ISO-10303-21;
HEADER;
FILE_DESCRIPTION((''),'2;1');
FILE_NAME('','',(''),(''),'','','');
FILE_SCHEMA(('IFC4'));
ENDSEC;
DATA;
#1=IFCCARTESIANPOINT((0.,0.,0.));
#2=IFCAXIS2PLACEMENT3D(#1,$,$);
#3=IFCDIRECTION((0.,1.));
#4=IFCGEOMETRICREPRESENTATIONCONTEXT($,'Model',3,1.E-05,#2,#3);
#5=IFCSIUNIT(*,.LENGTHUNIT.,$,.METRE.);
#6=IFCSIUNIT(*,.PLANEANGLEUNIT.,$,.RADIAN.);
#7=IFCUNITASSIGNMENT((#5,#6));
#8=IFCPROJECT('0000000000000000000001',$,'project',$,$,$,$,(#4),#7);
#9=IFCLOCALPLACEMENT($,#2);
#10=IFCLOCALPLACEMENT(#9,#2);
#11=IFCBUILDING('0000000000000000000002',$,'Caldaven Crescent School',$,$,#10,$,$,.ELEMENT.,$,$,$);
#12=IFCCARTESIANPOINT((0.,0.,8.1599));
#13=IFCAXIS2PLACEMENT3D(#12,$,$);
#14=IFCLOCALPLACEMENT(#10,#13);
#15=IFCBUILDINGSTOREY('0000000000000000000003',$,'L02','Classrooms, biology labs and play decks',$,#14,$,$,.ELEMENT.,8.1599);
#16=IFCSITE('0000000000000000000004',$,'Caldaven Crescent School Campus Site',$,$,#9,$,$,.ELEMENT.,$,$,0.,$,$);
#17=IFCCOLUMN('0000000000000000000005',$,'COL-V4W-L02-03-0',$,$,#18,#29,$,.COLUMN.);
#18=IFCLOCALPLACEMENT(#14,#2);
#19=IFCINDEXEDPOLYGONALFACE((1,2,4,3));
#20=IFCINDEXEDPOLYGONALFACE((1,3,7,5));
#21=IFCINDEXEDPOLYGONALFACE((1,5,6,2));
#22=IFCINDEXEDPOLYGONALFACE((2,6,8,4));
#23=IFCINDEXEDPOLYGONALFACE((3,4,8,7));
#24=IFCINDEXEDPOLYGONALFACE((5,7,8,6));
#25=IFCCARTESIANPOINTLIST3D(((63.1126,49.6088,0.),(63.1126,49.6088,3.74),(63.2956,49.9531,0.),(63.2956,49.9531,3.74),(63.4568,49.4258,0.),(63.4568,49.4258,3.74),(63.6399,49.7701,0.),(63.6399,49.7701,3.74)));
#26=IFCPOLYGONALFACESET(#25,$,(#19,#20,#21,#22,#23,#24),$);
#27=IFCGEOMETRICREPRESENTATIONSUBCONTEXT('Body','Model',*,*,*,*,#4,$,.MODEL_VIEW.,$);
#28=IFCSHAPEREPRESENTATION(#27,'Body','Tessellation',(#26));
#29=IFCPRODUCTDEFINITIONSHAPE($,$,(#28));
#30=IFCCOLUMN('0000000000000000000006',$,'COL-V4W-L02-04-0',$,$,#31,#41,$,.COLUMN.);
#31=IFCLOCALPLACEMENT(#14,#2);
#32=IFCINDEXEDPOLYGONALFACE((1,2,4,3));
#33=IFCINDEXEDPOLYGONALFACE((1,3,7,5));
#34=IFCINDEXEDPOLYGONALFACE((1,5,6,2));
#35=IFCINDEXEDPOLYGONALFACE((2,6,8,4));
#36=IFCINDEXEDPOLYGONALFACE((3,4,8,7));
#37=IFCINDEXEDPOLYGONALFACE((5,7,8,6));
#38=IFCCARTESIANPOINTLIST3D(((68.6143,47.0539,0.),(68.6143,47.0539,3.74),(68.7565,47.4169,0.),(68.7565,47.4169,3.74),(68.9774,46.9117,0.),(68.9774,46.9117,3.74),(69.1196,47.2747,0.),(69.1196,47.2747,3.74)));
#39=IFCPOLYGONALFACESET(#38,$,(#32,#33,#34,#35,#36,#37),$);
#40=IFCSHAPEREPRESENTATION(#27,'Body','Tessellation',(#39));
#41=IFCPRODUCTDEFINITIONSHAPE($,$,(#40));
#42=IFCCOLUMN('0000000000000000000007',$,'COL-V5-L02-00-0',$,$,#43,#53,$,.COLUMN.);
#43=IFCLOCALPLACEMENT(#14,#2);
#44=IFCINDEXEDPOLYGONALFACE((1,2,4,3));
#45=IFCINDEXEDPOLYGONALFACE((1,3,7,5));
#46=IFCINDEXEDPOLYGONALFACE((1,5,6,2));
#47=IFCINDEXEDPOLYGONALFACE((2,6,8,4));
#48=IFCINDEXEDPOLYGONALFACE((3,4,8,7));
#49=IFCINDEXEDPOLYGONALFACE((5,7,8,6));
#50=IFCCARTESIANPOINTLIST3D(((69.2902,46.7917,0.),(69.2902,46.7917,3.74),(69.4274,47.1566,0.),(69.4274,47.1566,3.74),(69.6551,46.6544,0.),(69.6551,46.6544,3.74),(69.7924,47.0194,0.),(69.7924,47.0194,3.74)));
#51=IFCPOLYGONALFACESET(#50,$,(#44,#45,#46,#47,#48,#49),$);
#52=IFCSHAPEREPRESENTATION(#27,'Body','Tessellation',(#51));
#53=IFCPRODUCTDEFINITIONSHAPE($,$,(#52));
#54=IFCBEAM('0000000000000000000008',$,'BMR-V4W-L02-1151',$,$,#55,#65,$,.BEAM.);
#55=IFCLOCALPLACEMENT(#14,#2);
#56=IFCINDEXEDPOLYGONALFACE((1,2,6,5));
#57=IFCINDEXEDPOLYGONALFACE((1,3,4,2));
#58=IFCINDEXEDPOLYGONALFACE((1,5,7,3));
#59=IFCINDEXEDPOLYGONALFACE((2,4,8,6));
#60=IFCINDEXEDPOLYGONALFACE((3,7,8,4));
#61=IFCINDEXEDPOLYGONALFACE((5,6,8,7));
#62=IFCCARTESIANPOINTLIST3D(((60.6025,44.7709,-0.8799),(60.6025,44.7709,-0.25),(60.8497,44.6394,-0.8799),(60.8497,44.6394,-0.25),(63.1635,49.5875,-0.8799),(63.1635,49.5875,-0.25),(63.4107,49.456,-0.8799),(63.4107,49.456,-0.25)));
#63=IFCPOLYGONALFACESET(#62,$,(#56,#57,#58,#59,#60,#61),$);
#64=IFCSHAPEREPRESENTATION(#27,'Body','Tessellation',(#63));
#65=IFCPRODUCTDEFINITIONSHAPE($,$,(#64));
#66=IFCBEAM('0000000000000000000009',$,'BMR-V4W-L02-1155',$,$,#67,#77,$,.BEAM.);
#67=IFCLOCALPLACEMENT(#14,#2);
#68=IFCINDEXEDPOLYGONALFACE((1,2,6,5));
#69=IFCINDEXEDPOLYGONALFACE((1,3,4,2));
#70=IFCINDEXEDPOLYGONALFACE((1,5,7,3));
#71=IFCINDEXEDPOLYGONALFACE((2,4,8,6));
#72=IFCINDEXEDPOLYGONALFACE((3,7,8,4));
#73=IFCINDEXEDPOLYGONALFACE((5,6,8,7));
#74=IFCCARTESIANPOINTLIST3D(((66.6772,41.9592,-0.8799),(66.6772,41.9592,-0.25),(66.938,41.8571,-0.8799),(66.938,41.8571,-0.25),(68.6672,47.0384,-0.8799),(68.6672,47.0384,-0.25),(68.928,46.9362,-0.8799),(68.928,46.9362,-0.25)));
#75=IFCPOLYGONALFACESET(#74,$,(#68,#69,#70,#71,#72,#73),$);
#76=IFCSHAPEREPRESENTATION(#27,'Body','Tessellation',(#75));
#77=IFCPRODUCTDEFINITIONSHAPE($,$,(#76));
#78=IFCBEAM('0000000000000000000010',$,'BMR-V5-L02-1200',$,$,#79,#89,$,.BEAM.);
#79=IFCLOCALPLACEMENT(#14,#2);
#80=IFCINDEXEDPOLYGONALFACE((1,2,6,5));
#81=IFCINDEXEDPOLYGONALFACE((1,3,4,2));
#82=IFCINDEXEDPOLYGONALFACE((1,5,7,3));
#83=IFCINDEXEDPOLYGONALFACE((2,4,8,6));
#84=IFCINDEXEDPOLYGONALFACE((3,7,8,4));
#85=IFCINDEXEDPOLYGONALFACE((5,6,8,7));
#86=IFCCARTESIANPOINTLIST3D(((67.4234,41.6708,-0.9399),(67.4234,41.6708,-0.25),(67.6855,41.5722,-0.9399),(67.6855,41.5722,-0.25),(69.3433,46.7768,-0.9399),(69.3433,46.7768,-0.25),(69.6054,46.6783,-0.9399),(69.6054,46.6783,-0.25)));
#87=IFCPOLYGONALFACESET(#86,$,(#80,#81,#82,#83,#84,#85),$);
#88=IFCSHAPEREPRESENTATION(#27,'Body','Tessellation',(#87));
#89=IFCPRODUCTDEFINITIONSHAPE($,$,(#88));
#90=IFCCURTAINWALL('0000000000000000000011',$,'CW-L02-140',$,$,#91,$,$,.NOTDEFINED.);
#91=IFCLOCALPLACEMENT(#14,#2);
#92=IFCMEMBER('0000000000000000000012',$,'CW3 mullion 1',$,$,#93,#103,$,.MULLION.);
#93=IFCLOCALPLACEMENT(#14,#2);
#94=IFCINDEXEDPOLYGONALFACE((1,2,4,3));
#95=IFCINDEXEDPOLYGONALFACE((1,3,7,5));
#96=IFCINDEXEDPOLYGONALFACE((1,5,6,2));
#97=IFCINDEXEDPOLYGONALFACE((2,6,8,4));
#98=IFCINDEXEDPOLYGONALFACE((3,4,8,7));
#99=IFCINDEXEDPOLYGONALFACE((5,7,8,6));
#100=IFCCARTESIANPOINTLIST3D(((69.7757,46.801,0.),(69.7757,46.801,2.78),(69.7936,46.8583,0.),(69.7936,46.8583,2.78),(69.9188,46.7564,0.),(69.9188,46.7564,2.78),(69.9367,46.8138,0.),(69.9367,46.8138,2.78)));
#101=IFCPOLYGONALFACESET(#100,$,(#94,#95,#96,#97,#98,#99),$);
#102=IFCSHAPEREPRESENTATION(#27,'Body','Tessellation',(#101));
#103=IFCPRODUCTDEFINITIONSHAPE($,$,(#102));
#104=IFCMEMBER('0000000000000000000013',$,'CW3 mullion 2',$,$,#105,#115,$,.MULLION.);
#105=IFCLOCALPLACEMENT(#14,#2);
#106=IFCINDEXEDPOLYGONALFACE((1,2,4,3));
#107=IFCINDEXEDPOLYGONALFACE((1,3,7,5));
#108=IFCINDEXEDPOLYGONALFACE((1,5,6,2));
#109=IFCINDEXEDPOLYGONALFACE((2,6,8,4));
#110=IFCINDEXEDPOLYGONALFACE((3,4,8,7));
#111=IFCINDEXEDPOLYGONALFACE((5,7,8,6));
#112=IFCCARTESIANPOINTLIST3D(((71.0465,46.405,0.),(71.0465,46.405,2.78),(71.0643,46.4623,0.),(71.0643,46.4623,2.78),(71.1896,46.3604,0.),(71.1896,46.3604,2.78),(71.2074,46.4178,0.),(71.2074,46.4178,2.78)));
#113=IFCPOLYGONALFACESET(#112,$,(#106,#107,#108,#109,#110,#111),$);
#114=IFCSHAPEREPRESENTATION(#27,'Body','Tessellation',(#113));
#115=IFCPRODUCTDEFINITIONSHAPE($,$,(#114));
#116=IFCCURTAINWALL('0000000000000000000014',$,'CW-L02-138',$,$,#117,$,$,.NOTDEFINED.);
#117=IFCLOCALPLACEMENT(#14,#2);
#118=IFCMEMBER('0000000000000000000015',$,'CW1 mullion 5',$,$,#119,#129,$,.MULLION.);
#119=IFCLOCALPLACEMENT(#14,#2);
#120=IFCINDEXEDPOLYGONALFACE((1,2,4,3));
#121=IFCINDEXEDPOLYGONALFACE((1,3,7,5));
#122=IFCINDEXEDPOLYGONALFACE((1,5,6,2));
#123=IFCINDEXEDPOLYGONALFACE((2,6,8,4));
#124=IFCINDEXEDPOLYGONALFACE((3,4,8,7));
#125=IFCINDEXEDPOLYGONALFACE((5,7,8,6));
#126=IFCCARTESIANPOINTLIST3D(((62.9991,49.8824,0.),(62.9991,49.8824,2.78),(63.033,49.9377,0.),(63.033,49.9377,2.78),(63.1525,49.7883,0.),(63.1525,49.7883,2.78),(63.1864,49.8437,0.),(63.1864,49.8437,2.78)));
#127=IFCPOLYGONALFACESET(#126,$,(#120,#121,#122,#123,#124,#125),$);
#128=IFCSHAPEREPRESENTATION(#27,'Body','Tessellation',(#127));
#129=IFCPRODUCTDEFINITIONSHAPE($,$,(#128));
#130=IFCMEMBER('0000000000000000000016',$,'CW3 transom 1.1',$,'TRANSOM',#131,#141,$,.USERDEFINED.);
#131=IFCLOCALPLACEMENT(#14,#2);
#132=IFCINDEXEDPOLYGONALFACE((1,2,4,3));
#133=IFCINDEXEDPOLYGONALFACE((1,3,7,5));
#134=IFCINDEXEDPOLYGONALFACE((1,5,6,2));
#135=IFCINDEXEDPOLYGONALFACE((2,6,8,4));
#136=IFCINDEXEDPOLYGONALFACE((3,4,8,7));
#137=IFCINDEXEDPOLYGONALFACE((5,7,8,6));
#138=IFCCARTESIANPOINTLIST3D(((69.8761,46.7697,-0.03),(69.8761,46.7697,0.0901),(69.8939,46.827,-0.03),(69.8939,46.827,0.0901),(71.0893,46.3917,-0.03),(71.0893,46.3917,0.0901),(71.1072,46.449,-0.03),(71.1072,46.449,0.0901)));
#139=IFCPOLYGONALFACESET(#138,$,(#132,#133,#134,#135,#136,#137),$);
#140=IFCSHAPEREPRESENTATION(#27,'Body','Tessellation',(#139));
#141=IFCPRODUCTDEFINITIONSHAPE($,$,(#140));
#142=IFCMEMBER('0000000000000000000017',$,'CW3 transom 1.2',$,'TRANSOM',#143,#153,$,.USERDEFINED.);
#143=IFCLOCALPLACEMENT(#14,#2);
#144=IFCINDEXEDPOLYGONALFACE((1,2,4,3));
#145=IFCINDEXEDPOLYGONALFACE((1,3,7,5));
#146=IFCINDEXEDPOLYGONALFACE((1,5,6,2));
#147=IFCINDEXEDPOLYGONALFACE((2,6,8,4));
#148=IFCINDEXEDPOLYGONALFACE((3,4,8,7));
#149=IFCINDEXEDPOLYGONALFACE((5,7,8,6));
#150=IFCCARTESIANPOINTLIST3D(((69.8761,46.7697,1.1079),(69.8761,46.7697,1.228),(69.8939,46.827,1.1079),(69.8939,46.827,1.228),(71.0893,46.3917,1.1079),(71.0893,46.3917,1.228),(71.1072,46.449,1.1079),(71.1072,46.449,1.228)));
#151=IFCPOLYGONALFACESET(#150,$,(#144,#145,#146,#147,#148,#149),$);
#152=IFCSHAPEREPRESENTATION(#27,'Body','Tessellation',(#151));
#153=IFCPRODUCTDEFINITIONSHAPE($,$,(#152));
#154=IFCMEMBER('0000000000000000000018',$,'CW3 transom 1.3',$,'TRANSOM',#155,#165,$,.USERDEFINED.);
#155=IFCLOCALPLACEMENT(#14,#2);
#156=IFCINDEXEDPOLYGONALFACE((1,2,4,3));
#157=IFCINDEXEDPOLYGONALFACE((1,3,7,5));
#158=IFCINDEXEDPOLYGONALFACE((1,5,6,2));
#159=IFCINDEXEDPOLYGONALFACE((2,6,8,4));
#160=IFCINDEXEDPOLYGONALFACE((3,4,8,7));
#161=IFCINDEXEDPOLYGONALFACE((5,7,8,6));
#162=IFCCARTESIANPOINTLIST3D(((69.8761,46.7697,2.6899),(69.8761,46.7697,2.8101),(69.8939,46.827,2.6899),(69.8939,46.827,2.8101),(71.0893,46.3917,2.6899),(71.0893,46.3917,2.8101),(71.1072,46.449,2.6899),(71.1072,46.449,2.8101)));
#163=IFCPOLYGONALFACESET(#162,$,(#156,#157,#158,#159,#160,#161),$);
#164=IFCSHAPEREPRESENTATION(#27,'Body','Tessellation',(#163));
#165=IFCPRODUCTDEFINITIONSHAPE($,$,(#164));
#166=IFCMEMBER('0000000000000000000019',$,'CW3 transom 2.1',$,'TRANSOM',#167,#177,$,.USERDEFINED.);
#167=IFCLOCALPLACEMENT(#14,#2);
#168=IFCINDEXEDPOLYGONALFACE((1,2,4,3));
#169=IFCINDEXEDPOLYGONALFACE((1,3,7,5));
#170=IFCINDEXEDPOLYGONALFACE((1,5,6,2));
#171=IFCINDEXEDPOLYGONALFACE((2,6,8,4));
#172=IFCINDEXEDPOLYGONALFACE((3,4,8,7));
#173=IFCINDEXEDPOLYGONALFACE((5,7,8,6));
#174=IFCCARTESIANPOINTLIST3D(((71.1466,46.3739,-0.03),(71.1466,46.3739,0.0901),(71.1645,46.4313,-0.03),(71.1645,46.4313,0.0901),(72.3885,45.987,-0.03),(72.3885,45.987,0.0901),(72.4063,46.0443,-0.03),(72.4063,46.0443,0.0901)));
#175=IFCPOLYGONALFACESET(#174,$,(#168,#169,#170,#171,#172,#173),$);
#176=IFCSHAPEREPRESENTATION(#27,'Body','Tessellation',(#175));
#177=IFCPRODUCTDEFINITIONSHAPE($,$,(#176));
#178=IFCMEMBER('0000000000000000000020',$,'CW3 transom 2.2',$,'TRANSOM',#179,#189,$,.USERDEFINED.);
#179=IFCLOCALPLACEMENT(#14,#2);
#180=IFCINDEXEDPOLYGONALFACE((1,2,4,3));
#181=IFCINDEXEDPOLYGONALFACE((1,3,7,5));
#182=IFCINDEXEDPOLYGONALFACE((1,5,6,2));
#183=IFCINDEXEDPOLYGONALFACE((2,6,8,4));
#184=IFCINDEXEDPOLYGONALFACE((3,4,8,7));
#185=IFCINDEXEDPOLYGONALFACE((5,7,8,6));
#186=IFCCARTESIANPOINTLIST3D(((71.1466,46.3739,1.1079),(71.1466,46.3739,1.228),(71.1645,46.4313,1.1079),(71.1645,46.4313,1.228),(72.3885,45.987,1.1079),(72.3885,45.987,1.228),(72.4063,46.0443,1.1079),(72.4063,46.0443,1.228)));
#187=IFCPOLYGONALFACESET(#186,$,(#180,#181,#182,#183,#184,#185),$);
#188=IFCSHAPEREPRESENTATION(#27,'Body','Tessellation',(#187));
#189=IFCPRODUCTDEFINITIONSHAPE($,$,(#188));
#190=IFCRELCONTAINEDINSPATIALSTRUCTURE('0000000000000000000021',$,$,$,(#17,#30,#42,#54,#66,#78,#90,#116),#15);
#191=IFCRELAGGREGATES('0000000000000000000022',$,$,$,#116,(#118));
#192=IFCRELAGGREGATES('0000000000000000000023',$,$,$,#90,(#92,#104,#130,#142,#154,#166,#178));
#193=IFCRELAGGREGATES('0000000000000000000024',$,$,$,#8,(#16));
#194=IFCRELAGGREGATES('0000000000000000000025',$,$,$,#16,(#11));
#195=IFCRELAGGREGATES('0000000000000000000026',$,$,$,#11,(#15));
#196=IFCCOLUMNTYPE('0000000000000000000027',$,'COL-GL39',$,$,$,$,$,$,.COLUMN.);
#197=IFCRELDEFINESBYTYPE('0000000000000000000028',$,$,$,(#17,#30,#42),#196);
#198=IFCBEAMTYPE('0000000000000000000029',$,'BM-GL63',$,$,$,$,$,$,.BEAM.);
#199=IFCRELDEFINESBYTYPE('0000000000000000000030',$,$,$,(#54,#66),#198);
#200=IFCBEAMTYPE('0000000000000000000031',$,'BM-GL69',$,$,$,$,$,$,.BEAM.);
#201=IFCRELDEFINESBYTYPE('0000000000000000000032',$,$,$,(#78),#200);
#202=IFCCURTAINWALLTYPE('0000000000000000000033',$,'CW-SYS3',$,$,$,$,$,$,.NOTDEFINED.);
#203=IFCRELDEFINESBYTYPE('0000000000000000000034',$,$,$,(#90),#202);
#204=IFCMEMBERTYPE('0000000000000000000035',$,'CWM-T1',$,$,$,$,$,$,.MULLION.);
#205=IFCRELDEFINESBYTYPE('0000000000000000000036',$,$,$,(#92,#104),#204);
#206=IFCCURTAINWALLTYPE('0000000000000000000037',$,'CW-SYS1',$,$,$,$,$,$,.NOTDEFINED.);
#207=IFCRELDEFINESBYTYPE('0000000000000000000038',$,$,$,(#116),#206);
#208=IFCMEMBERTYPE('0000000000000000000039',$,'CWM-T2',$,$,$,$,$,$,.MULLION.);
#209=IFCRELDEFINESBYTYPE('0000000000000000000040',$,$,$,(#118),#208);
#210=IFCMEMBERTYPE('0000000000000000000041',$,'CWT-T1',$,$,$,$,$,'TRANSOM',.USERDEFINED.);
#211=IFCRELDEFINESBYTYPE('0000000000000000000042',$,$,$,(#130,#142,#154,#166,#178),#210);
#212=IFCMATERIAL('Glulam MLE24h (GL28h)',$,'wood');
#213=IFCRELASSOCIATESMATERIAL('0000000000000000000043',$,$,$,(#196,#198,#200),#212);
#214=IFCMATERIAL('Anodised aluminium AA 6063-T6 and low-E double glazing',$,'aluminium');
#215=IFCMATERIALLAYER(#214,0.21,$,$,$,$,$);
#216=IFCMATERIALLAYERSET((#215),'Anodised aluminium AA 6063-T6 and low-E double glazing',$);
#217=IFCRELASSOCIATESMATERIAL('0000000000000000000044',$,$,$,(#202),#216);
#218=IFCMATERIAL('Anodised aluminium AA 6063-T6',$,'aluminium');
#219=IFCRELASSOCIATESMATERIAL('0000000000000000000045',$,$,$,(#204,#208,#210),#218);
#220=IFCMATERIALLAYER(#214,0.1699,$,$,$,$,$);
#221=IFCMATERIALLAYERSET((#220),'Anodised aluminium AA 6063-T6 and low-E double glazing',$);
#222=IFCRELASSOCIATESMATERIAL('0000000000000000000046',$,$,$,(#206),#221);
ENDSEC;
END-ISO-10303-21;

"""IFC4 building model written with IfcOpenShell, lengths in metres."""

from ifc_helpers import new_model, si_unit, direction, frame, origin, origin_2d, place, context, subcontext, project, spatial, rectangle, extrude, material, layer, layer_set, material_profile, profile_set, type_object, element, aggregate, save


model = new_model("IFC4")

# Units and contexts
model_context = context("Model", 3, precision=1e-05, world=origin(), true_north=direction((0.0, 1.0)))
body_context = subcontext(model_context, "Body", "Model", "MODEL_VIEW")
ifc_project = project(units=[si_unit("LENGTHUNIT", "METRE"), si_unit("PLANEANGLEUNIT", "RADIAN")], contexts=[model_context])

# Site, building, storey
site_placement = place(None, origin())
site = spatial("IfcSite", under=ifc_project, at=site_placement, Name="Caldaven Crescent School Campus Site", CompositionType="ELEMENT", RefElevation=0.0)
building_placement = place(site_placement, origin())
building = spatial("IfcBuilding", under=site, at=building_placement, Name="Caldaven Crescent School", CompositionType="ELEMENT")
storey_placement = place(building_placement, frame((0.0, 0.0, 8.1599)))
storey = spatial("IfcBuildingStorey", under=building, at=storey_placement, Name="L02", Description="Classrooms, biology labs and play decks", CompositionType="ELEMENT", Elevation=8.1599)

# Columns
ifc_material_1 = material(Name="Glulam MLE24h (GL28h)", Category="wood")
ifc_material_profile_1 = material_profile(ifc_material_1, rectangle(XDim=0.3899, YDim=0.3899, at=origin_2d()), Name="MLE 390x390")
ifc_profile_set_1 = profile_set([ifc_material_profile_1], Name="Glulam MLE24h (GL28h)")
column_type = type_object("IfcColumnType", Name="COL-GL39", PredefinedType="COLUMN", material=ifc_profile_set_1)
for number, where, z_axis, x_axis, name in (
    (1, (63.3762, 49.6895, 0.0), (0.0, 0.0, 1.0), (-0.469472, -0.882948, 0.0), "COL-V4W-L02-03-0"),
    (2, (68.8669, 47.1643, 0.0), (0.0, 0.0, 1.0), (-0.364714, -0.931119, 0.0), "COL-V4W-L02-04-0"),
    (3, (69.5413, 46.9055, 0.0), (0.0, 0.0, 1.0), (-0.352005, -0.935998, 0.0), "COL-V5-L02-00-0"),
):
    element("IfcColumn", number, at=place(storey_placement, frame(where, z_axis=z_axis, x_axis=x_axis)), inside=storey, type_object=column_type, Name=name, PredefinedType="COLUMN", context=body_context, shape_type="SweptSolid", body=[
        extrude(rectangle(XDim=0.3899, YDim=0.3899, at=origin_2d()), origin(), (0.0, 0.0, 1.0), 3.74),
    ])

# Beams
ifc_material_profile_2 = material_profile(ifc_material_1, rectangle(XDim=0.28, YDim=0.6299, at=origin_2d()), Name="MLE 280x630")
ifc_profile_set_2 = profile_set([ifc_material_profile_2], Name="Glulam MLE24h (GL28h)")
beam_type_1 = type_object("IfcBeamType", Name="BM-GL63", PredefinedType="BEAM", material=ifc_profile_set_2)
for number, where, z_axis, x_axis, name in (
    (4, (63.2871, 49.5217, -0.5649), (-0.469468, -0.882949, 0.0), (0.882949, -0.469468, 0.0), "BMR-V4W-L02-1151"),
    (5, (68.7976, 46.9873, -0.5649), (-0.364799, -0.931086, 0.0), (0.931086, -0.364799, 0.0), "BMR-V4W-L02-1155"),
):
    element("IfcBeam", number, at=place(storey_placement, frame(where, z_axis=z_axis, x_axis=x_axis)), inside=storey, type_object=beam_type_1, Name=name, PredefinedType="BEAM", context=body_context, shape_type="SweptSolid", body=[
        extrude(rectangle(XDim=0.28, YDim=0.6299, at=origin_2d()), origin(), (0.0, 0.0, 1.0), 5.4551),
    ])
ifc_material_profile_3 = material_profile(ifc_material_1, rectangle(XDim=0.28, YDim=0.6899, at=origin_2d()), Name="MLE 280x690")
ifc_profile_set_3 = profile_set([ifc_material_profile_3], Name="Glulam MLE24h (GL28h)")
beam_type_2 = type_object("IfcBeamType", Name="BM-GL69", PredefinedType="BEAM", material=ifc_profile_set_3)
beam_1_placement = place(storey_placement, frame((69.4744, 46.7275, -0.595), z_axis=(-0.351957, -0.936016, 0.0), x_axis=(0.936016, -0.351957, 0.0)))
element("IfcBeam", 6, at=beam_1_placement, inside=storey, type_object=beam_type_2, Name="BMR-V5-L02-1200", PredefinedType="BEAM", context=body_context, shape_type="SweptSolid", body=[
    extrude(rectangle(XDim=0.28, YDim=0.6899, at=origin_2d()), origin(), (0.0, 0.0, 1.0), 5.4551),
])

# Curtain wall, members
ifc_material_2 = material(Name="Anodised aluminium AA 6063-T6 and low-E double glazing", Category="aluminium")
ifc_layer_1 = layer(ifc_material_2, 0.21)
ifc_layer_set_1 = layer_set([ifc_layer_1], Name="Anodised aluminium AA 6063-T6 and low-E double glazing")
curtain_wall_type_1 = type_object("IfcCurtainWallType", Name="CW-SYS3", PredefinedType="NOTDEFINED", material=ifc_layer_set_1)
curtain_wall_1_placement = place(storey_placement, origin())
curtain_wall_1 = element("IfcCurtainWall", 7, at=curtain_wall_1_placement, inside=storey, type_object=curtain_wall_type_1, Name="CW-L02-140", PredefinedType="NOTDEFINED")
ifc_material_3 = material(Name="Anodised aluminium AA 6063-T6", Category="aluminium")
ifc_material_profile_4 = material_profile(ifc_material_3, rectangle(XDim=0.0601, YDim=0.1499, at=origin_2d()), Name="CWM 60x150")
ifc_profile_set_4 = profile_set([ifc_material_profile_4], Name="Anodised aluminium AA 6063-T6")
member_type_1 = type_object("IfcMemberType", Name="CWM-T1", PredefinedType="MULLION", material=ifc_profile_set_4)
member_1_placement = place(storey_placement, frame((69.8562, 46.8074, 0.0), z_axis=(0.0, 0.0, 1.0), x_axis=(0.29742, 0.954747, 0.0)))
member_1 = element("IfcMember", 8, at=member_1_placement, type_object=member_type_1, Name="CW3 mullion 1", PredefinedType="MULLION", context=body_context, shape_type="SweptSolid", body=[
    extrude(rectangle(XDim=0.0601, YDim=0.1499, at=origin_2d()), origin(), (0.0, 0.0, 1.0), 2.78),
])
member_2_placement = place(storey_placement, frame((71.127, 46.4114, 0.0), z_axis=(0.0, 0.0, 1.0), x_axis=(0.29742, 0.954747, 0.0)))
member_2 = element("IfcMember", 9, at=member_2_placement, type_object=member_type_1, Name="CW3 mullion 2", PredefinedType="MULLION", context=body_context, shape_type="SweptSolid", body=[
    extrude(rectangle(XDim=0.0601, YDim=0.1499, at=origin_2d()), origin(), (0.0, 0.0, 1.0), 2.78),
])

# Curtain wall, member
ifc_layer_2 = layer(ifc_material_2, 0.1699)
ifc_layer_set_2 = layer_set([ifc_layer_2], Name="Anodised aluminium AA 6063-T6 and low-E double glazing")
curtain_wall_type_2 = type_object("IfcCurtainWallType", Name="CW-SYS1", PredefinedType="NOTDEFINED", material=ifc_layer_set_2)
curtain_wall_2_placement = place(storey_placement, origin())
curtain_wall_2 = element("IfcCurtainWall", 10, at=curtain_wall_2_placement, inside=storey, type_object=curtain_wall_type_2, Name="CW-L02-138", PredefinedType="NOTDEFINED")
ifc_material_profile_5 = material_profile(ifc_material_3, rectangle(XDim=0.0649, YDim=0.1799, at=origin_2d()), Name="CWM 65x180")
ifc_profile_set_5 = profile_set([ifc_material_profile_5], Name="Anodised aluminium AA 6063-T6")
member_type_2 = type_object("IfcMemberType", Name="CWM-T2", PredefinedType="MULLION", material=ifc_profile_set_5)
member_3_placement = place(storey_placement, frame((63.0928, 49.863, 0.0), z_axis=(0.0, 0.0, 1.0), x_axis=(0.522499, 0.85264, 0.0)))
member_3 = element("IfcMember", 11, at=member_3_placement, type_object=member_type_2, Name="CW1 mullion 5", PredefinedType="MULLION", context=body_context, shape_type="SweptSolid", body=[
    extrude(rectangle(XDim=0.0649, YDim=0.1799, at=origin_2d()), origin(), (0.0, 0.0, 1.0), 2.78),
])

# Members
ifc_material_profile_6 = material_profile(ifc_material_3, rectangle(XDim=0.0601, YDim=0.1201, at=origin_2d()), Name="CWT 60x120")
ifc_profile_set_6 = profile_set([ifc_material_profile_6], Name="Anodised aluminium AA 6063-T6")
member_type_3 = type_object("IfcMemberType", Name="CWT-T1", ElementType="TRANSOM", PredefinedType="USERDEFINED", material=ifc_profile_set_6)
member_4_placement = place(storey_placement, frame((69.885, 46.7983, 0.03), z_axis=(0.954743, -0.297432, 0.0), x_axis=(0.297432, 0.954743, 0.0)))
member_4 = element("IfcMember", 12, at=member_4_placement, type_object=member_type_3, Name="CW3 transom 1.1", ObjectType="TRANSOM", PredefinedType="USERDEFINED", context=body_context, shape_type="SweptSolid", body=[
    extrude(rectangle(XDim=0.0601, YDim=0.1201, at=origin_2d()), origin(), (0.0, 0.0, 1.0), 1.2708),
])
member_5_placement = place(storey_placement, frame((69.885, 46.7983, 1.168), z_axis=(0.954743, -0.297432, 0.0), x_axis=(0.297432, 0.954743, 0.0)))
member_5 = element("IfcMember", 13, at=member_5_placement, type_object=member_type_3, Name="CW3 transom 1.2", ObjectType="TRANSOM", PredefinedType="USERDEFINED", context=body_context, shape_type="SweptSolid", body=[
    extrude(rectangle(XDim=0.0601, YDim=0.1201, at=origin_2d()), origin(), (0.0, 0.0, 1.0), 1.2708),
])
member_6_placement = place(storey_placement, frame((69.885, 46.7983, 2.75), z_axis=(0.954743, -0.297432, 0.0), x_axis=(0.297432, 0.954743, 0.0)))
member_6 = element("IfcMember", 14, at=member_6_placement, type_object=member_type_3, Name="CW3 transom 1.3", ObjectType="TRANSOM", PredefinedType="USERDEFINED", context=body_context, shape_type="SweptSolid", body=[
    extrude(rectangle(XDim=0.0601, YDim=0.1201, at=origin_2d()), origin(), (0.0, 0.0, 1.0), 1.2708),
])
member_7_placement = place(storey_placement, frame((71.1555, 46.4026, 0.03), z_axis=(0.95473, -0.297473, 0.0), x_axis=(0.297473, 0.95473, 0.0)))
member_7 = element("IfcMember", 15, at=member_7_placement, type_object=member_type_3, Name="CW3 transom 2.1", ObjectType="TRANSOM", PredefinedType="USERDEFINED", context=body_context, shape_type="SweptSolid", body=[
    extrude(rectangle(XDim=0.0601, YDim=0.1201, at=origin_2d()), origin(), (0.0, 0.0, 1.0), 1.3008),
])
member_8_placement = place(storey_placement, frame((71.1555, 46.4026, 1.168), z_axis=(0.95473, -0.297473, 0.0), x_axis=(0.297473, 0.95473, 0.0)))
member_8 = element("IfcMember", 16, at=member_8_placement, type_object=member_type_3, Name="CW3 transom 2.2", ObjectType="TRANSOM", PredefinedType="USERDEFINED", context=body_context, shape_type="SweptSolid", body=[
    extrude(rectangle(XDim=0.0601, YDim=0.1201, at=origin_2d()), origin(), (0.0, 0.0, 1.0), 1.3008),
])

aggregate(curtain_wall_2, [member_3])
aggregate(curtain_wall_1, [member_1, member_2, member_4, member_5, member_6, member_7, member_8])

save(model, "model.ifc")
